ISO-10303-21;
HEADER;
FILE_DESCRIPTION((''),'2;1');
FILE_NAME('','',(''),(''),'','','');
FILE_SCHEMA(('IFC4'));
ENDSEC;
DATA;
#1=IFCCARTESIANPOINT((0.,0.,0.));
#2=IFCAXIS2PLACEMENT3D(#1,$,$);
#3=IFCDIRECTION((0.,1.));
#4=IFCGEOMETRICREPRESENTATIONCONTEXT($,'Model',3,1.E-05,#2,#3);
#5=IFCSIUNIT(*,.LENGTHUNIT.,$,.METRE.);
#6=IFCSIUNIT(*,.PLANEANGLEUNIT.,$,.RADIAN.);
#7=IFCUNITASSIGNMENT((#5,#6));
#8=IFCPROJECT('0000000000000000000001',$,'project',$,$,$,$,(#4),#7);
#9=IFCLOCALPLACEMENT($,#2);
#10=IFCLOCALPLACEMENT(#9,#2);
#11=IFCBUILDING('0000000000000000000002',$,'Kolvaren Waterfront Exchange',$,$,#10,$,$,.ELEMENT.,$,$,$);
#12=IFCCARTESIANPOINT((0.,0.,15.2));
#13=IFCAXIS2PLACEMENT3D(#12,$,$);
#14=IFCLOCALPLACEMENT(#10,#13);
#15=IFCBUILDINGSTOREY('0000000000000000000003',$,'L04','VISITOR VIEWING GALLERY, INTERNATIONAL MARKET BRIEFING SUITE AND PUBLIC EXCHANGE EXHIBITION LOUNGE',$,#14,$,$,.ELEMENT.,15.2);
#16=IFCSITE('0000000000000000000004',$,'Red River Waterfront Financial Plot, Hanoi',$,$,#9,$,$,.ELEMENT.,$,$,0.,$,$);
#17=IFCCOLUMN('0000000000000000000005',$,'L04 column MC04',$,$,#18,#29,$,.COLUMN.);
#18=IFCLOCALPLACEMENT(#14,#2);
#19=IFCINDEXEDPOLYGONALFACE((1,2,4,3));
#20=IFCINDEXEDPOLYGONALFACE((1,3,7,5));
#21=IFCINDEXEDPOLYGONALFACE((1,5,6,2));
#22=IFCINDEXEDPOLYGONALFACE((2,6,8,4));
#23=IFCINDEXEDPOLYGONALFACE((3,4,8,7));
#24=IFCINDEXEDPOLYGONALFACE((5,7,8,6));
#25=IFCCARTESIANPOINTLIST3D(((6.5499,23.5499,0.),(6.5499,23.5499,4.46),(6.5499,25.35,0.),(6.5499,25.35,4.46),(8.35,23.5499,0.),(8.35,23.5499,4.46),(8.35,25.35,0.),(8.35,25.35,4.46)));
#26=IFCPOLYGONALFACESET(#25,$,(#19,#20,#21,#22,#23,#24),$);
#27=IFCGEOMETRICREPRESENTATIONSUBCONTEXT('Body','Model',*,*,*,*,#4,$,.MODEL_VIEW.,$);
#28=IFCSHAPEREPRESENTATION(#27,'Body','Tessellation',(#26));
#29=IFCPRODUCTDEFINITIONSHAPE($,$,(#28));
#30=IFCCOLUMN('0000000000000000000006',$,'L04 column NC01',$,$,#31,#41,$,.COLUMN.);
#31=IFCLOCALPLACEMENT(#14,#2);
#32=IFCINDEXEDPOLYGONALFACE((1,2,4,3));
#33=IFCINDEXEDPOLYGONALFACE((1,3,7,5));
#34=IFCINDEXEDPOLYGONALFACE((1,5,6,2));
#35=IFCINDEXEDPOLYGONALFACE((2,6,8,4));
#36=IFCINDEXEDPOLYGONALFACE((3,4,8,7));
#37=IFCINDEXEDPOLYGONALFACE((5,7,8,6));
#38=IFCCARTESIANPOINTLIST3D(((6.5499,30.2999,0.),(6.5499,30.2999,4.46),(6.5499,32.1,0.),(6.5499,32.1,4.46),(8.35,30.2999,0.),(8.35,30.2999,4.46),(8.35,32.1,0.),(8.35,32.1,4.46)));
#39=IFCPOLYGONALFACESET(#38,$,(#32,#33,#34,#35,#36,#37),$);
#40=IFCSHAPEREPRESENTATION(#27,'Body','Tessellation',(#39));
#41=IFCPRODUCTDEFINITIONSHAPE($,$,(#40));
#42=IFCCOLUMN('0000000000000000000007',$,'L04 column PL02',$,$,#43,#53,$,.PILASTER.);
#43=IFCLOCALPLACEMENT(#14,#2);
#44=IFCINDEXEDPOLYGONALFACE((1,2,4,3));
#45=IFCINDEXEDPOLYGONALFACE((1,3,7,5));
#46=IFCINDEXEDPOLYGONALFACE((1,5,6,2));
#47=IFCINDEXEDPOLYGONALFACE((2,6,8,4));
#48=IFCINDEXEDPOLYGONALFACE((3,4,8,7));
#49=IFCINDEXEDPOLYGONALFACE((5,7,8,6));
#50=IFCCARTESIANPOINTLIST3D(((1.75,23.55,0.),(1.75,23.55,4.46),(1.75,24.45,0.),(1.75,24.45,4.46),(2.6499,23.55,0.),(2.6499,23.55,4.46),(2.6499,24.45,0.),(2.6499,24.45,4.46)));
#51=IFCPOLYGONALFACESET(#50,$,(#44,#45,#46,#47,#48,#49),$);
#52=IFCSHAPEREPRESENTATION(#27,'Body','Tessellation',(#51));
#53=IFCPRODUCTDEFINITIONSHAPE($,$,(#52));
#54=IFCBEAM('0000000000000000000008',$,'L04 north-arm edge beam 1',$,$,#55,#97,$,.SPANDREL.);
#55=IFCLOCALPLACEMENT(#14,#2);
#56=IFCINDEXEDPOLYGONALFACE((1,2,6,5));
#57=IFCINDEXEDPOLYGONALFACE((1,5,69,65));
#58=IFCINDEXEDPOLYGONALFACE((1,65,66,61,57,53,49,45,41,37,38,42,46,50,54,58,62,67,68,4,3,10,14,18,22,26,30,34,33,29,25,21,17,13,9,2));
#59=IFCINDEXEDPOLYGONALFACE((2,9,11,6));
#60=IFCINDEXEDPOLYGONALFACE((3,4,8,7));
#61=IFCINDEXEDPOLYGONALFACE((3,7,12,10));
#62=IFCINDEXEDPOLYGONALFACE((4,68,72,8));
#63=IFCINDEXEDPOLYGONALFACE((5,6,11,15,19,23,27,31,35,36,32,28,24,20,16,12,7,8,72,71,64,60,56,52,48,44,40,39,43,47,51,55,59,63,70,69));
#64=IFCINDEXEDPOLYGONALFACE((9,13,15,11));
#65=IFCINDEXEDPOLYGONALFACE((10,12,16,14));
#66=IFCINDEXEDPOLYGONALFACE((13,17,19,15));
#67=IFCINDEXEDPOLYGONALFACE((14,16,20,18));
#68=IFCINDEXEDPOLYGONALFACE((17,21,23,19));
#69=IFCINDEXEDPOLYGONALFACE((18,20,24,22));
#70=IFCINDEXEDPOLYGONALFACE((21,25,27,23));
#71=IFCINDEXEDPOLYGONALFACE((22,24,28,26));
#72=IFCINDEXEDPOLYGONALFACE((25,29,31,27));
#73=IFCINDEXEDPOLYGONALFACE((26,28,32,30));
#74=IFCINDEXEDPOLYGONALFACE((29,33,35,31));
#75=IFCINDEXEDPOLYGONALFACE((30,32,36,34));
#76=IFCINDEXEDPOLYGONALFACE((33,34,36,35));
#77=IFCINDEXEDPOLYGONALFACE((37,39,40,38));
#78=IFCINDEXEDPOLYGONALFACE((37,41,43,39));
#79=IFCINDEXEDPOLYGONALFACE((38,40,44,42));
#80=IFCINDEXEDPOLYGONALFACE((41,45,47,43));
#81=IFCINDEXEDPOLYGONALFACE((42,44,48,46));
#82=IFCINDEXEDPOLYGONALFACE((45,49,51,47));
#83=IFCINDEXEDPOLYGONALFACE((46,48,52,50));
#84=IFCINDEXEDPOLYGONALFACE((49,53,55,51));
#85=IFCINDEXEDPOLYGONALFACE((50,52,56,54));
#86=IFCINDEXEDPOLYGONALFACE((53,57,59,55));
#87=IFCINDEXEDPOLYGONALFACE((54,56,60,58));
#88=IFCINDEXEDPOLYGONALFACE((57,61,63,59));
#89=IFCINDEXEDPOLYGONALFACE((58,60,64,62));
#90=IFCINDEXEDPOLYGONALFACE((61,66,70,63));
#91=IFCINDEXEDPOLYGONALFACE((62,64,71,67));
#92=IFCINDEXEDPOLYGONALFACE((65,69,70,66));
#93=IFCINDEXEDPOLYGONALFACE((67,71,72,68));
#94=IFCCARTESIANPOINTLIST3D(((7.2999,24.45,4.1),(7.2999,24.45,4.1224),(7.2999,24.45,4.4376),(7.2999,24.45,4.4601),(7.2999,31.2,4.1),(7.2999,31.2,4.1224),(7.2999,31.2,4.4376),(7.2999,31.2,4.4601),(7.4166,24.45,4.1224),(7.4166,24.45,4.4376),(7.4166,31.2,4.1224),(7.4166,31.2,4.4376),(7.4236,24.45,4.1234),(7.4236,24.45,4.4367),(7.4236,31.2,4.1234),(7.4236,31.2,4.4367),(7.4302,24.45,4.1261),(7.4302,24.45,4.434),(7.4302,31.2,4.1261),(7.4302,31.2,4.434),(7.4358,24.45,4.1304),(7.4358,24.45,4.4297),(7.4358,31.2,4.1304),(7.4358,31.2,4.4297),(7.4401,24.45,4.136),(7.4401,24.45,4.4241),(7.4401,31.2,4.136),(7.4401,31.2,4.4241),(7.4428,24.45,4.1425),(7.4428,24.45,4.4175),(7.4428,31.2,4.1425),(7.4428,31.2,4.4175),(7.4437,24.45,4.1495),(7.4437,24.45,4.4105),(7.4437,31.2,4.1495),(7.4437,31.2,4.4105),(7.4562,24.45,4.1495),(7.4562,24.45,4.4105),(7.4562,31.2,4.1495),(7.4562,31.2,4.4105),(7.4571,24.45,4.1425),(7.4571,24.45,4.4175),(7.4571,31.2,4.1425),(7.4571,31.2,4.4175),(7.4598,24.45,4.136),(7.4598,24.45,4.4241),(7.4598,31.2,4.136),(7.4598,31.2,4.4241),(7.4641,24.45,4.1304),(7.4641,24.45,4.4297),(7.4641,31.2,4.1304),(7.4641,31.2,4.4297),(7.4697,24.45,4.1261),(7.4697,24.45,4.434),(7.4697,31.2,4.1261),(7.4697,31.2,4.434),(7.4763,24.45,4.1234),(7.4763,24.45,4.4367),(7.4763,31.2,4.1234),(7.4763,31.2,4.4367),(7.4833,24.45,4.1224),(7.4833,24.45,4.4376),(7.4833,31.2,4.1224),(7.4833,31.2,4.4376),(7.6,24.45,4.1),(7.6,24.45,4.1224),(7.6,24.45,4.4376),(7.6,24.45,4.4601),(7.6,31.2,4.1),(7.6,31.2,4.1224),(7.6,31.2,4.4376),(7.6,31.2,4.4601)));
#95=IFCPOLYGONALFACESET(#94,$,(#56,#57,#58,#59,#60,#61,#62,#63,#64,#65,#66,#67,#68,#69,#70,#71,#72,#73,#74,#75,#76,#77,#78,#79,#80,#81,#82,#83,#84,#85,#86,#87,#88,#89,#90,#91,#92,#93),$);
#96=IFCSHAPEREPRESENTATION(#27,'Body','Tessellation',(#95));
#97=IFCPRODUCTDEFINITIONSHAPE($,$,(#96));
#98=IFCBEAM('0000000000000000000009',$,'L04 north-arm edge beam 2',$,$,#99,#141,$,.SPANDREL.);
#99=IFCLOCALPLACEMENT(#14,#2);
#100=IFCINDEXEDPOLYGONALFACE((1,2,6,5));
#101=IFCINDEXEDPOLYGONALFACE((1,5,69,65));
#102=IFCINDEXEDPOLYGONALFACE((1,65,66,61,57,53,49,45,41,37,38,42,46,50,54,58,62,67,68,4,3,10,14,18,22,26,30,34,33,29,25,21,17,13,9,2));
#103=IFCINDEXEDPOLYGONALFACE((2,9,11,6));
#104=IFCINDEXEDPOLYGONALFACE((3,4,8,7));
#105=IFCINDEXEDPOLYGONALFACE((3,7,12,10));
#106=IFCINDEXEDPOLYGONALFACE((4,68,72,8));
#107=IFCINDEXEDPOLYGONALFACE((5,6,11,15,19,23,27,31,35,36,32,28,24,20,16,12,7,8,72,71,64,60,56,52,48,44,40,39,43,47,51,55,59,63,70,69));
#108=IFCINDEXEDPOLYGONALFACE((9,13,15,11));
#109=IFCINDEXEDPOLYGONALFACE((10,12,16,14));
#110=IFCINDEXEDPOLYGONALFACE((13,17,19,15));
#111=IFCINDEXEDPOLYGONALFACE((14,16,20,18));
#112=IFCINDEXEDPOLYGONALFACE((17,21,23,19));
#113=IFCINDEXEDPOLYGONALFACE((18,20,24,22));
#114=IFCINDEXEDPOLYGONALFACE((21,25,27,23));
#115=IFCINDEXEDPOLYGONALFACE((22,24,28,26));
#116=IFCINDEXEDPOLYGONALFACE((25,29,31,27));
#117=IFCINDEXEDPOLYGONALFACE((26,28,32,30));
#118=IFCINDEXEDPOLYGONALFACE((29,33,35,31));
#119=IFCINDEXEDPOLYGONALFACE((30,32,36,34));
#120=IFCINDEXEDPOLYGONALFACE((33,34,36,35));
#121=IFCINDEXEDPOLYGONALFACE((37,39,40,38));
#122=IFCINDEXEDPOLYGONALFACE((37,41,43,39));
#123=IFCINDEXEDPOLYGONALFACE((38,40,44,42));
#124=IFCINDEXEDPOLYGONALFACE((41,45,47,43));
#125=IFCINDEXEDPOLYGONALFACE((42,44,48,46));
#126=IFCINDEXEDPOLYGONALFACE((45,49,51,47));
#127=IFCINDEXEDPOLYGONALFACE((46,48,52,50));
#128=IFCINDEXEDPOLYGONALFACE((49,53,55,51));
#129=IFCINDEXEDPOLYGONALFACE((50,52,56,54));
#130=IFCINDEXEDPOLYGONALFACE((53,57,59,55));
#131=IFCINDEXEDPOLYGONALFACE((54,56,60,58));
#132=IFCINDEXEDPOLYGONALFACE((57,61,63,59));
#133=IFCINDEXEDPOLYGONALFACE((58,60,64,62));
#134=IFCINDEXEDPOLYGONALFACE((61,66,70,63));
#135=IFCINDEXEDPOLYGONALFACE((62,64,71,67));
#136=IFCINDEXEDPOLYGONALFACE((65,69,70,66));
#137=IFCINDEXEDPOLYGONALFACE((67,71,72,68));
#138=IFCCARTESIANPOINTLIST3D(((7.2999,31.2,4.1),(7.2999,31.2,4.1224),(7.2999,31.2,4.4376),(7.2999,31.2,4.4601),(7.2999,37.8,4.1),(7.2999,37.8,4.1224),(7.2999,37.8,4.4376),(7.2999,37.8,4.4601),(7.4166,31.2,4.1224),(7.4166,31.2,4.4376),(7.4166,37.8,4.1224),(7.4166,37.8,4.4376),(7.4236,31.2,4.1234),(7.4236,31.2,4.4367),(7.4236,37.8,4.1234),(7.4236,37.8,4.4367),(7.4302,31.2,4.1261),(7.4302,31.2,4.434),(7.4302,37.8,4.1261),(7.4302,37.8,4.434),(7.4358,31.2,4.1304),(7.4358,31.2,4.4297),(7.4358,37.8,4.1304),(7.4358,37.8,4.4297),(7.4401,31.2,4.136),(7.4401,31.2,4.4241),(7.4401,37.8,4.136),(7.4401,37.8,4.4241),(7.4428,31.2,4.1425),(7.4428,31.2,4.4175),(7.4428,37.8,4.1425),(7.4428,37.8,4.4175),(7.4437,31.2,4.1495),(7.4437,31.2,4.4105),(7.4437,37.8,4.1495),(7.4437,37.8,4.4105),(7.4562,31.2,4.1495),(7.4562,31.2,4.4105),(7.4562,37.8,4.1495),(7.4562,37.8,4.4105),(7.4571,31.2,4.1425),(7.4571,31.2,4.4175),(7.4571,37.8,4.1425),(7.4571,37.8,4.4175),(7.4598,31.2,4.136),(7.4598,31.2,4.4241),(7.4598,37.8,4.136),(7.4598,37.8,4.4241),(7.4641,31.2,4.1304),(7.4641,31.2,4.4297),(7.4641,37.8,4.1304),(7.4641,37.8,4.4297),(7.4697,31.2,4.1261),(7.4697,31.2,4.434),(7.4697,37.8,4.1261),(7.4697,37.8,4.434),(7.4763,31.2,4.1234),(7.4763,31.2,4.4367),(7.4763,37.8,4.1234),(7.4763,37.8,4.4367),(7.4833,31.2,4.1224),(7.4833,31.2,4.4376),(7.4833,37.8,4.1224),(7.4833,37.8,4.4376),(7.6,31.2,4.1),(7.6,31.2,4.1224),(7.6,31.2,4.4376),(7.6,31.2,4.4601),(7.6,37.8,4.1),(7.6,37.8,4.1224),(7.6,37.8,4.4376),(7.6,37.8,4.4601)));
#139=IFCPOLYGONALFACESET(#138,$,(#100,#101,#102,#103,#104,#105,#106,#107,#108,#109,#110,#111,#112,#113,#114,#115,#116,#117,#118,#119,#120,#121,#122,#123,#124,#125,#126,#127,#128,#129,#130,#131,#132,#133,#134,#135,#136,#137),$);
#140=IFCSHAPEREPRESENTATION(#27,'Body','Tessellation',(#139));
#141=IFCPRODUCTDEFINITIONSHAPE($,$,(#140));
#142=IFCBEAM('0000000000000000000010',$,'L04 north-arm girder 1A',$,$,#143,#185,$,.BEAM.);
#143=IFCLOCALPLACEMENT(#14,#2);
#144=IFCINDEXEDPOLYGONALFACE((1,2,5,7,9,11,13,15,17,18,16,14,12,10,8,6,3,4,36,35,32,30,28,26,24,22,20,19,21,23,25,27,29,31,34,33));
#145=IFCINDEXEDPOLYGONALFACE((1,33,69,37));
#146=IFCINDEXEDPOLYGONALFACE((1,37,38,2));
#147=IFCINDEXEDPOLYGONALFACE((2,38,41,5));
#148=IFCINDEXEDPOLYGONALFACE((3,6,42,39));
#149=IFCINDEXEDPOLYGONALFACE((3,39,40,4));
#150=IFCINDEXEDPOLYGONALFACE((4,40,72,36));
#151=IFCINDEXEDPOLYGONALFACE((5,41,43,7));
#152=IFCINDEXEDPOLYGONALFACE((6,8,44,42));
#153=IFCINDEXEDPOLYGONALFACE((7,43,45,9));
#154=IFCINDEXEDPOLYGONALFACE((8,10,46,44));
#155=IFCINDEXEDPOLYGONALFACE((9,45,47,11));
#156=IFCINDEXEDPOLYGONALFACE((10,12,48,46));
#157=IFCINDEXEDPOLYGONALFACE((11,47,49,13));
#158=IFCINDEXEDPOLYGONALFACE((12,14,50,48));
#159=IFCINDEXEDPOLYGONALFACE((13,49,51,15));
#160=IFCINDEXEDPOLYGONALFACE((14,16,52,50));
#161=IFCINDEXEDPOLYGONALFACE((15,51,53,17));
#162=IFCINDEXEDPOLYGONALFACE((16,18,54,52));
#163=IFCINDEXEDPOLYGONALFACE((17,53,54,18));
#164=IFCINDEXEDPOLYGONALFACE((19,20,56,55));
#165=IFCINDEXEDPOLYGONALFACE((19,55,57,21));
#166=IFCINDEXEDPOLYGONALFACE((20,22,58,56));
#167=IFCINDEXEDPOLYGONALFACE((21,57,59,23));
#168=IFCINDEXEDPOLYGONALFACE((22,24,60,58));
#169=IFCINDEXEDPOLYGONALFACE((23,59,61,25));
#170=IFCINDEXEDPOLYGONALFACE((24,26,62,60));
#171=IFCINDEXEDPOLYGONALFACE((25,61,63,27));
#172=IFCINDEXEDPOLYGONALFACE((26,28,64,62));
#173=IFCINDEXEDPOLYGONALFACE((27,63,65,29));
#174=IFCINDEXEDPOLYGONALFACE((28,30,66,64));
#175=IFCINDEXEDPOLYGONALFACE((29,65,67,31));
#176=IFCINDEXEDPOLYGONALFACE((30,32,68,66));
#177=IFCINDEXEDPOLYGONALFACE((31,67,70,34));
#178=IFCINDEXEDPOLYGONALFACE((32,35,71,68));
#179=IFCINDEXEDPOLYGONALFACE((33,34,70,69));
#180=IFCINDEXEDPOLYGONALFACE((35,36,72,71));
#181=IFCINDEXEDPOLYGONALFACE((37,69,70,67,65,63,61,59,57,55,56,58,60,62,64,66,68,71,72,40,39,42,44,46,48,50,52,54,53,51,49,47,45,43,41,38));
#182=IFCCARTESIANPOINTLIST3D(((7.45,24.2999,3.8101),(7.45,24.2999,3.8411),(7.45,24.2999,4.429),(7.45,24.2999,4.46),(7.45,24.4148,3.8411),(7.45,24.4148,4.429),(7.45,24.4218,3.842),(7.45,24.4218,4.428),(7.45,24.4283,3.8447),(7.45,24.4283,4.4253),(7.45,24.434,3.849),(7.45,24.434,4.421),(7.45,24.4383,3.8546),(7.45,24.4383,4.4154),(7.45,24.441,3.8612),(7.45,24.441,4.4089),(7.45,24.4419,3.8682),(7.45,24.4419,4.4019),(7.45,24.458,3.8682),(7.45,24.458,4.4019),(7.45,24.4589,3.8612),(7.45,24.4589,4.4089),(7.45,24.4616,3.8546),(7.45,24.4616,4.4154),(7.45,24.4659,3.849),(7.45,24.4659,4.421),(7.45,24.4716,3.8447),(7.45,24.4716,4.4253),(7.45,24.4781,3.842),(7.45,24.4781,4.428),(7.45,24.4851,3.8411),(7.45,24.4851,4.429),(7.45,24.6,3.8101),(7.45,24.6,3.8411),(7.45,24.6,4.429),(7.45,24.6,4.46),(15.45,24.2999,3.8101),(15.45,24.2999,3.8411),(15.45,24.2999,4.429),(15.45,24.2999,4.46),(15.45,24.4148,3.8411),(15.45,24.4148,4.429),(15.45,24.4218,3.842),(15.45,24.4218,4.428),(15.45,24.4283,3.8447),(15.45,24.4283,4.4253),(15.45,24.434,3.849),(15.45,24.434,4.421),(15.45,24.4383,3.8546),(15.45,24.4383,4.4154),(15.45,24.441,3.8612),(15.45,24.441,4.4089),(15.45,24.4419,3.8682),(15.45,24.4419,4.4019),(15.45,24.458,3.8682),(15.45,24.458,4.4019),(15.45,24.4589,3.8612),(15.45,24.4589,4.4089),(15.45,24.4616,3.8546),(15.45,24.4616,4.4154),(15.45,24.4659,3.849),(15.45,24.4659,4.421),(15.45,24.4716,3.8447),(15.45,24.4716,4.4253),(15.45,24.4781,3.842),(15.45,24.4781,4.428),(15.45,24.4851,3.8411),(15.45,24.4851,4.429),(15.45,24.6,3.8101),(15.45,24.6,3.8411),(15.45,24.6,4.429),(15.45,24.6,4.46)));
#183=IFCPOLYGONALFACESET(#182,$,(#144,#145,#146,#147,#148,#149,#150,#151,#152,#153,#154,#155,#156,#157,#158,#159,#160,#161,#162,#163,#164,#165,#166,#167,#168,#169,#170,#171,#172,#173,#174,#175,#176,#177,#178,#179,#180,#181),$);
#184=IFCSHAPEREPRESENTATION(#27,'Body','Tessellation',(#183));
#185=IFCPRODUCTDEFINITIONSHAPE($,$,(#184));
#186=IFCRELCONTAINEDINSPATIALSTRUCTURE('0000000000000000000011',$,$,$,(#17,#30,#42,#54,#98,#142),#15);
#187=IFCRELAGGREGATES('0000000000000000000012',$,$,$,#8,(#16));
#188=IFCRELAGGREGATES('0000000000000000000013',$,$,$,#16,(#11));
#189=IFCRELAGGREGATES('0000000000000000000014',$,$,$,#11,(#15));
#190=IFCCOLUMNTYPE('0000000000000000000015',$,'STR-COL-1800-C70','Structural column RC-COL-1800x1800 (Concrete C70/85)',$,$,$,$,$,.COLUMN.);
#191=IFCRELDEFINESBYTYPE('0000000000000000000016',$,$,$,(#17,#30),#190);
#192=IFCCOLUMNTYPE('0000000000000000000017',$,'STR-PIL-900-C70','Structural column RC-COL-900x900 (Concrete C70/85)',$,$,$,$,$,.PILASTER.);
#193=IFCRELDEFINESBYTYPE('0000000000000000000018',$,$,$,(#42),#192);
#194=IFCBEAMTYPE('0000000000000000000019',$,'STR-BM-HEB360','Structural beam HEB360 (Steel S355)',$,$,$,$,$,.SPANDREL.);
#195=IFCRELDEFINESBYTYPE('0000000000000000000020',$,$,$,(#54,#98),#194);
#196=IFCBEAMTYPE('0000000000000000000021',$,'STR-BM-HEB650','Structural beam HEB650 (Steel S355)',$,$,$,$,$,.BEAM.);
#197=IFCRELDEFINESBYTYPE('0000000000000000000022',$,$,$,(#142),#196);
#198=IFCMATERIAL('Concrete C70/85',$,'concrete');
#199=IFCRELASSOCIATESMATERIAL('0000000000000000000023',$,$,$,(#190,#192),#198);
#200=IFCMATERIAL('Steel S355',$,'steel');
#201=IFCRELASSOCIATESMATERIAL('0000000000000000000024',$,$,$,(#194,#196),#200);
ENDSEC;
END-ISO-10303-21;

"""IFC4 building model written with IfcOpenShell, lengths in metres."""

from ifc_helpers import new_model, si_unit, direction, frame, origin, origin_2d, place, context, subcontext, project, spatial, rectangle, i_section, extrude, material, material_profile, profile_set, type_object, element, save


model = new_model("IFC4")

# Units and contexts
model_context = context("Model", 3, precision=1e-05, world=origin(), true_north=direction((0.0, 1.0)))
body_context = subcontext(model_context, "Body", "Model", "MODEL_VIEW")
ifc_project = project(units=[si_unit("LENGTHUNIT", "METRE"), si_unit("PLANEANGLEUNIT", "RADIAN")], contexts=[model_context])

# Site, building, storey
site_placement = place(None, origin())
site = spatial("IfcSite", under=ifc_project, at=site_placement, Name="Red River Waterfront Financial Plot, Hanoi", CompositionType="ELEMENT", RefElevation=0.0)
building_placement = place(site_placement, origin())
building = spatial("IfcBuilding", under=site, at=building_placement, Name="Kolvaren Waterfront Exchange", CompositionType="ELEMENT")
storey_placement = place(building_placement, frame((0.0, 0.0, 15.2)))
storey = spatial("IfcBuildingStorey", under=building, at=storey_placement, Name="L04", Description="VISITOR VIEWING GALLERY, INTERNATIONAL MARKET BRIEFING SUITE AND PUBLIC EXCHANGE EXHIBITION LOUNGE", CompositionType="ELEMENT", Elevation=15.2)

# Columns
ifc_material_1 = material(Name="Concrete C70/85", Category="concrete")
ifc_material_profile_1 = material_profile(ifc_material_1, rectangle(XDim=1.8, YDim=1.8, at=origin_2d()), Name="RC-COL-1800x1800")
ifc_profile_set_1 = profile_set([ifc_material_profile_1], Name="Concrete C70/85")
column_type_1 = type_object("IfcColumnType", Name="STR-COL-1800-C70", Description="Structural column RC-COL-1800x1800 (Concrete C70/85)", PredefinedType="COLUMN", material=ifc_profile_set_1)
for number, where, z_axis, x_axis, name in (
    (1, (7.45, 24.45, 0.0), (0.0, 0.0, 1.0), (1.0, 0.0, 0.0), "L04 column MC04"),
    (2, (7.45, 31.2, 0.0), (0.0, 0.0, 1.0), (1.0, 0.0, 0.0), "L04 column NC01"),
):
    element("IfcColumn", number, at=place(storey_placement, frame(where, z_axis=z_axis, x_axis=x_axis)), inside=storey, type_object=column_type_1, Name=name, PredefinedType="COLUMN", context=body_context, shape_type="SweptSolid", body=[
        extrude(rectangle(XDim=1.8, YDim=1.8, at=origin_2d()), origin(), (0.0, 0.0, 1.0), 4.46),
    ])
ifc_material_profile_2 = material_profile(ifc_material_1, rectangle(XDim=0.8999, YDim=0.8999, at=origin_2d()), Name="RC-COL-900x900")
ifc_profile_set_2 = profile_set([ifc_material_profile_2], Name="Concrete C70/85")
column_type_2 = type_object("IfcColumnType", Name="STR-PIL-900-C70", Description="Structural column RC-COL-900x900 (Concrete C70/85)", PredefinedType="PILASTER", material=ifc_profile_set_2)
column_placement = place(storey_placement, frame((2.2, 24.0, 0.0), z_axis=(0.0, 0.0, 1.0), x_axis=(1.0, 0.0, 0.0)))
element("IfcColumn", 3, at=column_placement, inside=storey, type_object=column_type_2, Name="L04 column PL02", PredefinedType="PILASTER", context=body_context, shape_type="SweptSolid", body=[
    extrude(rectangle(XDim=0.8999, YDim=0.8999, at=origin_2d()), origin(), (0.0, 0.0, 1.0), 4.46),
])

# Beams
ifc_material_2 = material(Name="Steel S355", Category="steel")
ifc_material_profile_3 = material_profile(ifc_material_2, i_section(OverallWidth=0.3, OverallDepth=0.3601, WebThickness=0.0125, FlangeThickness=0.0225, FilletRadius=0.0271, at=origin_2d()), Name="HEB360")
ifc_profile_set_3 = profile_set([ifc_material_profile_3], Name="Steel S355")
beam_type_1 = type_object("IfcBeamType", Name="STR-BM-HEB360", Description="Structural beam HEB360 (Steel S355)", PredefinedType="SPANDREL", material=ifc_profile_set_3)
beam_1_placement = place(storey_placement, frame((7.45, 24.45, 4.28), z_axis=(0.0, 1.0, 0.0), x_axis=(-1.0, 0.0, 0.0)))
element("IfcBeam", 4, at=beam_1_placement, inside=storey, type_object=beam_type_1, Name="L04 north-arm edge beam 1", PredefinedType="SPANDREL", context=body_context, shape_type="SweptSolid", body=[
    extrude(i_section(OverallWidth=0.3, OverallDepth=0.3601, WebThickness=0.0125, FlangeThickness=0.0225, FilletRadius=0.0271, at=origin_2d()), origin(), (0.0, 0.0, 1.0), 6.75),
])
beam_2_placement = place(storey_placement, frame((7.45, 31.2, 4.28), z_axis=(0.0, 1.0, 0.0), x_axis=(-1.0, 0.0, 0.0)))
element("IfcBeam", 5, at=beam_2_placement, inside=storey, type_object=beam_type_1, Name="L04 north-arm edge beam 2", PredefinedType="SPANDREL", context=body_context, shape_type="SweptSolid", body=[
    extrude(i_section(OverallWidth=0.3, OverallDepth=0.3601, WebThickness=0.0125, FlangeThickness=0.0225, FilletRadius=0.0271, at=origin_2d()), origin(), (0.0, 0.0, 1.0), 6.6001),
])
ifc_material_profile_4 = material_profile(ifc_material_2, i_section(OverallWidth=0.3, OverallDepth=0.6499, WebThickness=0.0161, FlangeThickness=0.031, FilletRadius=0.0271, at=origin_2d()), Name="HEB650")
ifc_profile_set_4 = profile_set([ifc_material_profile_4], Name="Steel S355")
beam_type_2 = type_object("IfcBeamType", Name="STR-BM-HEB650", Description="Structural beam HEB650 (Steel S355)", PredefinedType="BEAM", material=ifc_profile_set_4)
beam_3_placement = place(storey_placement, frame((7.45, 24.45, 4.135), z_axis=(1.0, 0.0, 0.0), x_axis=(0.0, 1.0, 0.0)))
element("IfcBeam", 6, at=beam_3_placement, inside=storey, type_object=beam_type_2, Name="L04 north-arm girder 1A", PredefinedType="BEAM", context=body_context, shape_type="SweptSolid", body=[
    extrude(i_section(OverallWidth=0.3, OverallDepth=0.6499, WebThickness=0.0161, FlangeThickness=0.031, FilletRadius=0.0271, at=origin_2d()), origin(), (0.0, 0.0, 1.0), 8.0),
])

save(model, "model.ifc")
